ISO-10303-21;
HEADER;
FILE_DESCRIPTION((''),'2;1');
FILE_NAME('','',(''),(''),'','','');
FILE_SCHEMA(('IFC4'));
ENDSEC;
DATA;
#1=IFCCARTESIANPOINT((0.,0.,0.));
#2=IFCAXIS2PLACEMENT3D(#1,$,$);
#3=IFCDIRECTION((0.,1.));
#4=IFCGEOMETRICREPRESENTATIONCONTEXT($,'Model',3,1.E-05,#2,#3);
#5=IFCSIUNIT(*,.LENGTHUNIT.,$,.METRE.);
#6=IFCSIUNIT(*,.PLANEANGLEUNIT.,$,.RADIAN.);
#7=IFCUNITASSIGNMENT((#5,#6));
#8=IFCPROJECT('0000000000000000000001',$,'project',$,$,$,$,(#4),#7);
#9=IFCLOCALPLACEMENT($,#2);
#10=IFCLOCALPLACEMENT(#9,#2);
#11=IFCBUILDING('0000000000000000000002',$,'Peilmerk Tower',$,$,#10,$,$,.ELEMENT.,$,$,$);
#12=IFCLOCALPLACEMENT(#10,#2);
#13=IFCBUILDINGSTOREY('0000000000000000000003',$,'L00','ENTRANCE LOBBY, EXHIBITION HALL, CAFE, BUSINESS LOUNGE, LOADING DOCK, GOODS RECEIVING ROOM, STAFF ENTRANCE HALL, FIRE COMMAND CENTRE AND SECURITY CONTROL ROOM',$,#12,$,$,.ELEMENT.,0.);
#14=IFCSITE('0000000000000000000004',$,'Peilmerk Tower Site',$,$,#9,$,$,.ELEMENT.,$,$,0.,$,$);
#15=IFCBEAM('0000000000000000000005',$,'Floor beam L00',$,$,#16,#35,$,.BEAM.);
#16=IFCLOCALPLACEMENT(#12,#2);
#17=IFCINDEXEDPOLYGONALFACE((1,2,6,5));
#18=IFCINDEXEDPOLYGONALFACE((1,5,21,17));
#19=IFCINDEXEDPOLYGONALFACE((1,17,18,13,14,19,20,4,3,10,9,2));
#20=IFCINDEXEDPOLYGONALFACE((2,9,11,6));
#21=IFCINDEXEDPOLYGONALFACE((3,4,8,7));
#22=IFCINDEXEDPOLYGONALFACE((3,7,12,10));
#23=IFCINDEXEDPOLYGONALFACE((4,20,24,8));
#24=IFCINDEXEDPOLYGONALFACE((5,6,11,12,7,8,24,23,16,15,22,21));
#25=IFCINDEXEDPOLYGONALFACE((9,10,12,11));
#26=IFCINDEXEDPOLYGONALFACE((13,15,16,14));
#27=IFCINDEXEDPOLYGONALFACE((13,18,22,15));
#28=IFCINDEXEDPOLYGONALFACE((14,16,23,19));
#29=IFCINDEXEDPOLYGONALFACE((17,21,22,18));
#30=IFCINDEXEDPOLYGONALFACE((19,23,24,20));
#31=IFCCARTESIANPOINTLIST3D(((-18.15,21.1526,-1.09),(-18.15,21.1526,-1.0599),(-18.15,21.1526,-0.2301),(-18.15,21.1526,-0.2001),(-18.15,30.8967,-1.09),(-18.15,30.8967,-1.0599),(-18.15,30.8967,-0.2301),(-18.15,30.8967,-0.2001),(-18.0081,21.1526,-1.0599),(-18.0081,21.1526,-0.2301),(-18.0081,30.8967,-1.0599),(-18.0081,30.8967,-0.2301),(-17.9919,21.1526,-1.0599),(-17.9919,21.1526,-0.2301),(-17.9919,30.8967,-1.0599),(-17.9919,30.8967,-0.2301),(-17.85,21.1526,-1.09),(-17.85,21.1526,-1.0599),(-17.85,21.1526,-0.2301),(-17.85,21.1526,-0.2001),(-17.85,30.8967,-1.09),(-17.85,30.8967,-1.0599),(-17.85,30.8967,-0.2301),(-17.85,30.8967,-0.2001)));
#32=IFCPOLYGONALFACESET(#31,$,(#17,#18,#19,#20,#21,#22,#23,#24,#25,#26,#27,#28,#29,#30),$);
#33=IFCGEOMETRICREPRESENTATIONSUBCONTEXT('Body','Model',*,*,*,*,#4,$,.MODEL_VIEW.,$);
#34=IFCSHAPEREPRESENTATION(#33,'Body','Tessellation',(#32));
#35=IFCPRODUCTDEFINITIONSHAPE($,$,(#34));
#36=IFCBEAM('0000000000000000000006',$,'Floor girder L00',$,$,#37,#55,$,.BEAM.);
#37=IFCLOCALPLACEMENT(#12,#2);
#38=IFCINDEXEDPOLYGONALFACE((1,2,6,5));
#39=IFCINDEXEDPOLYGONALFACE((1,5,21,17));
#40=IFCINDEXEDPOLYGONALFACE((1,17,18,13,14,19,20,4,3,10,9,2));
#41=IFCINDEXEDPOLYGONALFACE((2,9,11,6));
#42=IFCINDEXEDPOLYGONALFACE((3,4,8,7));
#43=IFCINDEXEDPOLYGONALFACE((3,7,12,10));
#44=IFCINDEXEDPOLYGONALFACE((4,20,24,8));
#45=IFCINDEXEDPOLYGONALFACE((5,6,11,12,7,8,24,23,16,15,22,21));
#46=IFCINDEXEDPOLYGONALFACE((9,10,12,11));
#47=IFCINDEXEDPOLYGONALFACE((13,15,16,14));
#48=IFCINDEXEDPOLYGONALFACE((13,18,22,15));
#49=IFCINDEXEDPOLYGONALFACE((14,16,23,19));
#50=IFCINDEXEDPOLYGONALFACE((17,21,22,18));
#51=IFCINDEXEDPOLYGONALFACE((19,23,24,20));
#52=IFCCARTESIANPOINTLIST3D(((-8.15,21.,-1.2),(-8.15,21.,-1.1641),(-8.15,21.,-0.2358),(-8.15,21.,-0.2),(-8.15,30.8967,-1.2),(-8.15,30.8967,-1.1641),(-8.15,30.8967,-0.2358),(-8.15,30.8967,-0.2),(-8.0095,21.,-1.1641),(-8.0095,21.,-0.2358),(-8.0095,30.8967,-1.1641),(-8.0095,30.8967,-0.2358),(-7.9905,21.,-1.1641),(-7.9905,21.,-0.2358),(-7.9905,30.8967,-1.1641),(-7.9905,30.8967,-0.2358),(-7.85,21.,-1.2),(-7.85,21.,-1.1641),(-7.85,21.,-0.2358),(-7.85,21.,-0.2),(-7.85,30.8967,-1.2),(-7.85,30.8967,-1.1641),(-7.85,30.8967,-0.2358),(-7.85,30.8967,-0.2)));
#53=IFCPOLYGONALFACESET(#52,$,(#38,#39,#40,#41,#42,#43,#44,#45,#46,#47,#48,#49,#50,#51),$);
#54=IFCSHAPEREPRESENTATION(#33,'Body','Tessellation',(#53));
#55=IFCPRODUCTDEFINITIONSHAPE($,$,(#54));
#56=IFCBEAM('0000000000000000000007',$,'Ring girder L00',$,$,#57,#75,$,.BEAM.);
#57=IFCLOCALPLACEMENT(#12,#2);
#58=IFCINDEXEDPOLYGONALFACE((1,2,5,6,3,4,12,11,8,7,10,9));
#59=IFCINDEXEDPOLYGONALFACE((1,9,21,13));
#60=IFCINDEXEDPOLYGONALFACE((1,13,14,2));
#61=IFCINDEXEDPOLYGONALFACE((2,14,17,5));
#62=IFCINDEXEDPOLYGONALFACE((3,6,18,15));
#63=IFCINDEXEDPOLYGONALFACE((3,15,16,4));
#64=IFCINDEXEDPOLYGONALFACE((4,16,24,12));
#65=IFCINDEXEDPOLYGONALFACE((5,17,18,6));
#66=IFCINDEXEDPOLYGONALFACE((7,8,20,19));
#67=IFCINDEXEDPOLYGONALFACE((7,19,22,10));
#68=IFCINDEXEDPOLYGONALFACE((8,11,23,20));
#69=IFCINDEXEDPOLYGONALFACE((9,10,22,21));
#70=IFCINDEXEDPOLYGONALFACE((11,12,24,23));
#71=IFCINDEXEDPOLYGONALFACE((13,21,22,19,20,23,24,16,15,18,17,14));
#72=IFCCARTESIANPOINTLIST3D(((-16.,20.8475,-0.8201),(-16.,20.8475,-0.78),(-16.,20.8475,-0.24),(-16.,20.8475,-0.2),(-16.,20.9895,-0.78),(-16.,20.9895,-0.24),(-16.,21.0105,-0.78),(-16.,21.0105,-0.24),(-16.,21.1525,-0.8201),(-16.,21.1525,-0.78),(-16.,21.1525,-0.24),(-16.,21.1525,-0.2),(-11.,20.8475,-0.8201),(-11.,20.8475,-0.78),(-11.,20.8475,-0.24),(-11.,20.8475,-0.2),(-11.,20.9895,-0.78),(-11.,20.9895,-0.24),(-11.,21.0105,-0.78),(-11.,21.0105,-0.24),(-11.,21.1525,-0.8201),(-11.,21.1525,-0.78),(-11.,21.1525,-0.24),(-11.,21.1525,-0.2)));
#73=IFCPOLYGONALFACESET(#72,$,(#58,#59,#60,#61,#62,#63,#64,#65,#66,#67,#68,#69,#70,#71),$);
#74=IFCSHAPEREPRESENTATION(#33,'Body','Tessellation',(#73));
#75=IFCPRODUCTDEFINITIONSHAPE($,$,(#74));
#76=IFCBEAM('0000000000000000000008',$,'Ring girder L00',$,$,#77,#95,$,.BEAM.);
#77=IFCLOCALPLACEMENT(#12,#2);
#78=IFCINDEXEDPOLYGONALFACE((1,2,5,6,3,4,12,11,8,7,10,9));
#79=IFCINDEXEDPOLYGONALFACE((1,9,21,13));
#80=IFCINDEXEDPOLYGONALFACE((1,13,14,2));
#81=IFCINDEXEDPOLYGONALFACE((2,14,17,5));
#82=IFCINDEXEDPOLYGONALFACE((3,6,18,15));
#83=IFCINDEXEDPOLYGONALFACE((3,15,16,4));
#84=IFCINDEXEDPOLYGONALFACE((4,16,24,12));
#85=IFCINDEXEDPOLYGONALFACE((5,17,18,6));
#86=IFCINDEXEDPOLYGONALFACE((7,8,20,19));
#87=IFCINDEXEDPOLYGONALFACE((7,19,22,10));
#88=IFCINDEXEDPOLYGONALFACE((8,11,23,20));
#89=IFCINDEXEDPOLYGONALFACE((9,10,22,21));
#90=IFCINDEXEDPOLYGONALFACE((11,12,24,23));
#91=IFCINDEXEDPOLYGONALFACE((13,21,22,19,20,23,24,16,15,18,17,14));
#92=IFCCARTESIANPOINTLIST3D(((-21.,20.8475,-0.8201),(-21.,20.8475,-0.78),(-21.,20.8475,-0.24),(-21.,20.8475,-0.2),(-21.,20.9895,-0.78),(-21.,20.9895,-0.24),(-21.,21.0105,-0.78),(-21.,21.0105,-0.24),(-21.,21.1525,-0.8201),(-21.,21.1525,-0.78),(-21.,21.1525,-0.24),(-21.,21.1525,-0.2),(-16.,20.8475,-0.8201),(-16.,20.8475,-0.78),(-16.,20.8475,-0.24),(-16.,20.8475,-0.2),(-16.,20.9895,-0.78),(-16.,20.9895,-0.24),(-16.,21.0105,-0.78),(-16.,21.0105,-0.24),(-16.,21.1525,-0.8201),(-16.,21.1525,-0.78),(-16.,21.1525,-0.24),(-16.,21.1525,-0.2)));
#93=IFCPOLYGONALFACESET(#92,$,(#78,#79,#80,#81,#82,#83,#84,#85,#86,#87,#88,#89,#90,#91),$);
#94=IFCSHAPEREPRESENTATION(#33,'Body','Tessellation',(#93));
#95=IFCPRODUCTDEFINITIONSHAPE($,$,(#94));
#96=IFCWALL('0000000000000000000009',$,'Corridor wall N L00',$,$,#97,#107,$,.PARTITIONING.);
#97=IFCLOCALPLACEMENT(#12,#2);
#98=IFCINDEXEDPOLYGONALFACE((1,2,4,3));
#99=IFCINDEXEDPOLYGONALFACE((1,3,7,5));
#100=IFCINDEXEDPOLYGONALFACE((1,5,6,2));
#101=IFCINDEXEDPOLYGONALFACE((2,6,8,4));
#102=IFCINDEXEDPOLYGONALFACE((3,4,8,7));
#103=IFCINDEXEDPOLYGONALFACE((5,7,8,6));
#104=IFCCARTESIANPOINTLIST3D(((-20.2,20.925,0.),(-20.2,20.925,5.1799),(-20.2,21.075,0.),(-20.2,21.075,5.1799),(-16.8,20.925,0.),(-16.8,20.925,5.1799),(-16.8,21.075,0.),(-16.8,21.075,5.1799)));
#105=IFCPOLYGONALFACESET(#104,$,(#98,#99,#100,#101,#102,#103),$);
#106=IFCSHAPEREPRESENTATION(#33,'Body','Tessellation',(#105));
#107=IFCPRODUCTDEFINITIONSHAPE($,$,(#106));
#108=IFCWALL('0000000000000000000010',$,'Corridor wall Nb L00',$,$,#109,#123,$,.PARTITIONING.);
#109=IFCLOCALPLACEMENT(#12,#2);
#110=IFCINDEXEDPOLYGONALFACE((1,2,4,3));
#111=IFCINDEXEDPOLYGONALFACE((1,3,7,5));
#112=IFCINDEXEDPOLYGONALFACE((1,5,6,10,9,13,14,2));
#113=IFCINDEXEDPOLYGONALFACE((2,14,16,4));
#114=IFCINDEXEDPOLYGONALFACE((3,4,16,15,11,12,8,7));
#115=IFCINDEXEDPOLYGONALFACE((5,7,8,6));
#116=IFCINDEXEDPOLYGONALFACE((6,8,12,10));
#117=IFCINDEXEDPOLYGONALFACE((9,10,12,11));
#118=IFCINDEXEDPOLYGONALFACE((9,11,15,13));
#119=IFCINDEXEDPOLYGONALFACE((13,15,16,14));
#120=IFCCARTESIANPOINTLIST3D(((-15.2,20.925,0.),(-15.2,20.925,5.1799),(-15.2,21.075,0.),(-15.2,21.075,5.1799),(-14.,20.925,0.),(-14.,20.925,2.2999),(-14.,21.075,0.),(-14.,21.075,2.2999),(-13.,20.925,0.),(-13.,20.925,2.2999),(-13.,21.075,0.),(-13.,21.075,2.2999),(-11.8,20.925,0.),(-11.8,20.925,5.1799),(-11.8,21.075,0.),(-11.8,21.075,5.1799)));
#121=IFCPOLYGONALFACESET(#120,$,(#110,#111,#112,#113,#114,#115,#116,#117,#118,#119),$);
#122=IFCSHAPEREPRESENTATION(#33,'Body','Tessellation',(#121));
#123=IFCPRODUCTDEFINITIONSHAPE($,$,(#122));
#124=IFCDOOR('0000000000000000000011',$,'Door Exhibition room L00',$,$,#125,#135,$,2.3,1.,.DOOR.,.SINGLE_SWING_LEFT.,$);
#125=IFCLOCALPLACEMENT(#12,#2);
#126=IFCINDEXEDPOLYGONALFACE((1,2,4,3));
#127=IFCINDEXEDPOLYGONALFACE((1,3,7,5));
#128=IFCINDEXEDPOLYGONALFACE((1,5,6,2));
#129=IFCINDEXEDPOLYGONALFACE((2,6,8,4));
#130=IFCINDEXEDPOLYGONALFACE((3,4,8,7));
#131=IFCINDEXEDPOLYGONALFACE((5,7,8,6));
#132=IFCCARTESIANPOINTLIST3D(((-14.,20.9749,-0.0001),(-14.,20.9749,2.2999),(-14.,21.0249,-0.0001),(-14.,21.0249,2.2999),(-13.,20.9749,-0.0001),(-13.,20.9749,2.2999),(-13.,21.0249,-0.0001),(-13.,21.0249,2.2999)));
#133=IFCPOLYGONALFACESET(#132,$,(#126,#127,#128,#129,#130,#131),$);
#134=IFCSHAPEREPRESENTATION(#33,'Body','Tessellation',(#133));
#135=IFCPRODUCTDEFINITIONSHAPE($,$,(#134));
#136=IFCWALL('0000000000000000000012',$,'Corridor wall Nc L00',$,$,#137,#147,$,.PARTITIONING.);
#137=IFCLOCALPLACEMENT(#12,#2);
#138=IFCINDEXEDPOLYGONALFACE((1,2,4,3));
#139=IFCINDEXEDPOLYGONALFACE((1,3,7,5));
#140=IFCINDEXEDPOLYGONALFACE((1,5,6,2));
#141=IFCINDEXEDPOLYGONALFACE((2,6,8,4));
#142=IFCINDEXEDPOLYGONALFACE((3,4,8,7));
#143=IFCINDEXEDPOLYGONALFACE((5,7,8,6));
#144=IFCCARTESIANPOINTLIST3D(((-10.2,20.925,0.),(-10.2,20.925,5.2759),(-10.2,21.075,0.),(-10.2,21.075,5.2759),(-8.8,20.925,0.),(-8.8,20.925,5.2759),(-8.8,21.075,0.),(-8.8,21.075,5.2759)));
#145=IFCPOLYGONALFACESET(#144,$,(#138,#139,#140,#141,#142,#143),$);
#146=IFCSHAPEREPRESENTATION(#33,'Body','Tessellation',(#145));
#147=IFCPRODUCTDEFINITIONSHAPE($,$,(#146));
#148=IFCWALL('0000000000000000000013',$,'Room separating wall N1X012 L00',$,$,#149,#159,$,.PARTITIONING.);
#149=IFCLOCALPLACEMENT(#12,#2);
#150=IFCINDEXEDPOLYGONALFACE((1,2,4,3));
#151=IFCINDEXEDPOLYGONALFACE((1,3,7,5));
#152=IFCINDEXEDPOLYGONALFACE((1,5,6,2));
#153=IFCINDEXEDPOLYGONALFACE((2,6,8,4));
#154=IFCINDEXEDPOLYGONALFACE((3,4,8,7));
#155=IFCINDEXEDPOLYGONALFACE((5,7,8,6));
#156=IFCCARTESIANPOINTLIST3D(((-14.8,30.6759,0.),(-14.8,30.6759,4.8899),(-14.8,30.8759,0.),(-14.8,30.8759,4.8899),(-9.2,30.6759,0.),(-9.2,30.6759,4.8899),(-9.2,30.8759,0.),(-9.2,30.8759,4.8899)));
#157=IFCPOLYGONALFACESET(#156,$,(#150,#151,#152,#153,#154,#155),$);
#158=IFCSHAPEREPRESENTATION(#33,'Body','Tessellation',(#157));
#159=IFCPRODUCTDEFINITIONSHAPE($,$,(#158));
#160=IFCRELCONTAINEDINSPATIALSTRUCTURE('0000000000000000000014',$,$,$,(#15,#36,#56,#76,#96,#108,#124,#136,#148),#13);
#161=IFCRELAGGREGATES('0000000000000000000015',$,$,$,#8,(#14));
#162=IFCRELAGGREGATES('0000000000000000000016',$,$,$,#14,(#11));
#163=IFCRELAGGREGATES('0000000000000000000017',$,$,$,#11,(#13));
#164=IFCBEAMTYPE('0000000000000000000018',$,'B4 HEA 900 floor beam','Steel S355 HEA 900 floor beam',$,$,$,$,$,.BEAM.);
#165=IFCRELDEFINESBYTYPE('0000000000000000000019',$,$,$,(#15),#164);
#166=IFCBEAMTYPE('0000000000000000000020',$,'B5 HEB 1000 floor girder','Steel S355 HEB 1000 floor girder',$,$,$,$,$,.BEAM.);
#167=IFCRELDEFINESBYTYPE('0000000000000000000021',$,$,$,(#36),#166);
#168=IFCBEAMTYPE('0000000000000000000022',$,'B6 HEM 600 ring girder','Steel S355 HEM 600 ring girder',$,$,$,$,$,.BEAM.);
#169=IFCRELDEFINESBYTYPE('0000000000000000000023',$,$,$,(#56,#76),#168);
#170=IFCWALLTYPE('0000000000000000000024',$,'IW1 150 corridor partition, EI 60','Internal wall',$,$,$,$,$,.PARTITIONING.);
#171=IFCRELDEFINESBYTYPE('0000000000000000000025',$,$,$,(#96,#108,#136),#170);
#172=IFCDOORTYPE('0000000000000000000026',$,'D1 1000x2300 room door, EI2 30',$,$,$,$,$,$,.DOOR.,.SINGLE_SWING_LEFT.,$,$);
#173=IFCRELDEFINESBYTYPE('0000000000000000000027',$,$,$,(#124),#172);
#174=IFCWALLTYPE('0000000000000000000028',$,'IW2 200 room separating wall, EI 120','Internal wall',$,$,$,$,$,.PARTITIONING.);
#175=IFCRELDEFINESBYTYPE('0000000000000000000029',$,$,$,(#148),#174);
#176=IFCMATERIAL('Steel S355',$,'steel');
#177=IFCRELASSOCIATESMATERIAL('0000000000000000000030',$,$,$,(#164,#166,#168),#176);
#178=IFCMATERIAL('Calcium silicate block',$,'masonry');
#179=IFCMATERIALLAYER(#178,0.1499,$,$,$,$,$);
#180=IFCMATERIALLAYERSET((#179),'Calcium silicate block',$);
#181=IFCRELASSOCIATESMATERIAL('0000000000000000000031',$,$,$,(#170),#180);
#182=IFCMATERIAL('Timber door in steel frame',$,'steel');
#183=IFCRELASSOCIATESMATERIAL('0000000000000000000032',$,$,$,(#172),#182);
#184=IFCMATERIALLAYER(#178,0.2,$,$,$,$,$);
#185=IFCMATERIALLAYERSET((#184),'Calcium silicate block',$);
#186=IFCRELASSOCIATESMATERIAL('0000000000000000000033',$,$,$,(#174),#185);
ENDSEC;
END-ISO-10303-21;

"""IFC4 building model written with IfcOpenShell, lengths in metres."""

from ifc_helpers import new_model, si_unit, direction, frame, frame_2d, origin, origin_2d, place, context, subcontext, project, spatial, rectangle, i_section, extrude, material, layer, layer_set, material_profile, profile_set, type_object, element, fill, save


model = new_model("IFC4")

# Units and contexts
model_context = context("Model", 3, precision=1e-05, world=origin(), true_north=direction((0.0, 1.0)))
body_context = subcontext(model_context, "Body", "Model", "MODEL_VIEW")
ifc_project = project(units=[si_unit("LENGTHUNIT", "METRE"), si_unit("PLANEANGLEUNIT", "RADIAN")], contexts=[model_context])

# Site, building, storey
site_placement = place(None, origin())
site = spatial("IfcSite", under=ifc_project, at=site_placement, Name="Peilmerk Tower Site", CompositionType="ELEMENT", RefElevation=0.0)
building_placement = place(site_placement, origin())
building = spatial("IfcBuilding", under=site, at=building_placement, Name="Peilmerk Tower", CompositionType="ELEMENT")
storey_placement = place(building_placement, origin())
storey = spatial("IfcBuildingStorey", under=building, at=storey_placement, Name="L00", Description="ENTRANCE LOBBY, EXHIBITION HALL, CAFE, BUSINESS LOUNGE, LOADING DOCK, GOODS RECEIVING ROOM, STAFF ENTRANCE HALL, FIRE COMMAND CENTRE AND SECURITY CONTROL ROOM", CompositionType="ELEMENT", Elevation=0.0)

# Beams
ifc_material_1 = material(Name="Steel S355", Category="steel")
ifc_material_profile_1 = material_profile(ifc_material_1, i_section(OverallWidth=0.3, OverallDepth=0.8899, WebThickness=0.0161, FlangeThickness=0.03, at=origin_2d()), Name="HEA 900")
ifc_profile_set_1 = profile_set([ifc_material_profile_1], Name="Steel S355")
beam_type_1 = type_object("IfcBeamType", Name="B4 HEA 900 floor beam", Description="Steel S355 HEA 900 floor beam", PredefinedType="BEAM", material=ifc_profile_set_1)
for number, where, z_axis, x_axis, name in (
    (1, (-18.0, 21.1526, -0.645), (0.0, 1.0, 0.0), (-1.0, 0.0, 0.0), "Floor beam L00"),
):
    element("IfcBeam", number, at=place(storey_placement, frame(where, z_axis=z_axis, x_axis=x_axis)), inside=storey, type_object=beam_type_1, Name=name, PredefinedType="BEAM", context=body_context, shape_type="SweptSolid", body=[
        extrude(i_section(OverallWidth=0.3, OverallDepth=0.8899, WebThickness=0.0161, FlangeThickness=0.03, at=origin_2d()), origin(), (0.0, 0.0, 1.0), 9.7441),
    ])
ifc_material_profile_2 = material_profile(ifc_material_1, i_section(OverallWidth=0.3, OverallDepth=1.0, WebThickness=0.019, FlangeThickness=0.0359, at=origin_2d()), Name="HEB 1000")
ifc_profile_set_2 = profile_set([ifc_material_profile_2], Name="Steel S355")
beam_type_2 = type_object("IfcBeamType", Name="B5 HEB 1000 floor girder", Description="Steel S355 HEB 1000 floor girder", PredefinedType="BEAM", material=ifc_profile_set_2)
beam_1_placement = place(storey_placement, frame((-8.0, 21.0, -0.7), z_axis=(0.0, 1.0, 0.0), x_axis=(-1.0, 0.0, 0.0)))
element("IfcBeam", 2, at=beam_1_placement, inside=storey, type_object=beam_type_2, Name="Floor girder L00", PredefinedType="BEAM", context=body_context, shape_type="SweptSolid", body=[
    extrude(i_section(OverallWidth=0.3, OverallDepth=1.0, WebThickness=0.019, FlangeThickness=0.0359, at=origin_2d()), origin(), (0.0, 0.0, 1.0), 9.8967),
])
ifc_material_profile_3 = material_profile(ifc_material_1, i_section(OverallWidth=0.3049, OverallDepth=0.6201, WebThickness=0.021, FlangeThickness=0.04, at=origin_2d()), Name="HEM 600")
ifc_profile_set_3 = profile_set([ifc_material_profile_3], Name="Steel S355")
beam_type_3 = type_object("IfcBeamType", Name="B6 HEM 600 ring girder", Description="Steel S355 HEM 600 ring girder", PredefinedType="BEAM", material=ifc_profile_set_3)
for number, where, z_axis, x_axis, name in (
    (3, (-11.0, 21.0, -0.51), (-1.0, 0.0, 0.0), (0.0, -1.0, 0.0), "Ring girder L00"),
    (4, (-16.0, 21.0, -0.51), (-1.0, 0.0, 0.0), (0.0, -1.0, 0.0), "Ring girder L00"),
):
    element("IfcBeam", number, at=place(storey_placement, frame(where, z_axis=z_axis, x_axis=x_axis)), inside=storey, type_object=beam_type_3, Name=name, PredefinedType="BEAM", context=body_context, shape_type="SweptSolid", body=[
        extrude(i_section(OverallWidth=0.3049, OverallDepth=0.6201, WebThickness=0.021, FlangeThickness=0.04, at=origin_2d()), origin(), (0.0, 0.0, 1.0), 5.0),
    ])

# Wall
ifc_material_2 = material(Name="Calcium silicate block", Category="masonry")
ifc_layer_1 = layer(ifc_material_2, 0.1499)
ifc_layer_set_1 = layer_set([ifc_layer_1], Name="Calcium silicate block")
wall_type_1 = type_object("IfcWallType", Name="IW1 150 corridor partition, EI 60", Description="Internal wall", PredefinedType="PARTITIONING", material=ifc_layer_set_1)
wall_1_placement = place(storey_placement, frame((-20.2, 21.0, 0.0), z_axis=(0.0, 0.0, 1.0), x_axis=(1.0, 0.0, 0.0)))
element("IfcWall", 5, at=wall_1_placement, inside=storey, type_object=wall_type_1, Name="Corridor wall N L00", PredefinedType="PARTITIONING", context=body_context, shape_type="SweptSolid", body=[
    extrude(rectangle(XDim=3.3999, YDim=0.1499, at=frame_2d((1.7, 0.0))), origin(), (0.0, 0.0, 1.0), 5.1799),
])

# Wall, opening, door
wall_2_placement = place(storey_placement, frame((-15.2, 21.0, 0.0), z_axis=(0.0, 0.0, 1.0), x_axis=(1.0, 0.0, 0.0)))
wall_2 = element("IfcWall", 6, at=wall_2_placement, inside=storey, type_object=wall_type_1, Name="Corridor wall Nb L00", PredefinedType="PARTITIONING", context=body_context, shape_type="SweptSolid", body=[
    extrude(rectangle(XDim=3.3999, YDim=0.1499, at=frame_2d((1.7, 0.0))), origin(), (0.0, 0.0, 1.0), 5.1799),
])
opening_placement = place(wall_2_placement, frame((1.2, 0.0, 0.0)))
opening = element("IfcOpeningElement", 7, at=opening_placement, cuts=wall_2, PredefinedType="OPENING", context=body_context, shape_type="SweptSolid", body=[
    extrude(rectangle(XDim=1.0, YDim=2.3, at=frame_2d((0.5, 1.1499))), frame((0.0, 0.085, 0.0), z_axis=(0.0, -1.0, 0.0), x_axis=(1.0, 0.0, 0.0)), (0.0, 0.0, 1.0), 0.1699),
])
ifc_material_3 = material(Name="Timber door in steel frame", Category="steel")
door_type = type_object("IfcDoorType", Name="D1 1000x2300 room door, EI2 30", OperationType="SINGLE_SWING_LEFT", PredefinedType="DOOR", material=ifc_material_3)
door_placement = place(opening_placement, origin())
door = element("IfcDoor", 8, at=door_placement, inside=storey, type_object=door_type, Name="Door Exhibition room L00", OperationType="SINGLE_SWING_LEFT", OverallHeight=2.3, OverallWidth=1.0, PredefinedType="DOOR", context=body_context, shape_type="SweptSolid", body=[
    extrude(rectangle(XDim=1.0, YDim=2.3, at=frame_2d((0.5, 1.1499))), frame((0.0, 0.0249, 0.0), z_axis=(0.0, -1.0, 0.0), x_axis=(1.0, 0.0, 0.0)), (0.0, 0.0, 1.0), 0.05),
])
fill(opening, door)

# Walls
wall_3_placement = place(storey_placement, frame((-10.2, 21.0, 0.0), z_axis=(0.0, 0.0, 1.0), x_axis=(1.0, 0.0, 0.0)))
element("IfcWall", 9, at=wall_3_placement, inside=storey, type_object=wall_type_1, Name="Corridor wall Nc L00", PredefinedType="PARTITIONING", context=body_context, shape_type="SweptSolid", body=[
    extrude(rectangle(XDim=1.3999, YDim=0.1499, at=frame_2d((0.7, 0.0))), origin(), (0.0, 0.0, 1.0), 5.2759),
])
ifc_layer_2 = layer(ifc_material_2, 0.2)
ifc_layer_set_2 = layer_set([ifc_layer_2], Name="Calcium silicate block")
wall_type_2 = type_object("IfcWallType", Name="IW2 200 room separating wall, EI 120", Description="Internal wall", PredefinedType="PARTITIONING", material=ifc_layer_set_2)
wall_4_placement = place(storey_placement, frame((-14.8, 30.7759, 0.0), z_axis=(0.0, 0.0, 1.0), x_axis=(1.0, 0.0, 0.0)))
element("IfcWall", 10, at=wall_4_placement, inside=storey, type_object=wall_type_2, Name="Room separating wall N1X012 L00", PredefinedType="PARTITIONING", context=body_context, shape_type="SweptSolid", body=[
    extrude(rectangle(XDim=5.6001, YDim=0.2, at=frame_2d((2.8, 0.0))), origin(), (0.0, 0.0, 1.0), 4.8899),
])

save(model, "model.ifc")
